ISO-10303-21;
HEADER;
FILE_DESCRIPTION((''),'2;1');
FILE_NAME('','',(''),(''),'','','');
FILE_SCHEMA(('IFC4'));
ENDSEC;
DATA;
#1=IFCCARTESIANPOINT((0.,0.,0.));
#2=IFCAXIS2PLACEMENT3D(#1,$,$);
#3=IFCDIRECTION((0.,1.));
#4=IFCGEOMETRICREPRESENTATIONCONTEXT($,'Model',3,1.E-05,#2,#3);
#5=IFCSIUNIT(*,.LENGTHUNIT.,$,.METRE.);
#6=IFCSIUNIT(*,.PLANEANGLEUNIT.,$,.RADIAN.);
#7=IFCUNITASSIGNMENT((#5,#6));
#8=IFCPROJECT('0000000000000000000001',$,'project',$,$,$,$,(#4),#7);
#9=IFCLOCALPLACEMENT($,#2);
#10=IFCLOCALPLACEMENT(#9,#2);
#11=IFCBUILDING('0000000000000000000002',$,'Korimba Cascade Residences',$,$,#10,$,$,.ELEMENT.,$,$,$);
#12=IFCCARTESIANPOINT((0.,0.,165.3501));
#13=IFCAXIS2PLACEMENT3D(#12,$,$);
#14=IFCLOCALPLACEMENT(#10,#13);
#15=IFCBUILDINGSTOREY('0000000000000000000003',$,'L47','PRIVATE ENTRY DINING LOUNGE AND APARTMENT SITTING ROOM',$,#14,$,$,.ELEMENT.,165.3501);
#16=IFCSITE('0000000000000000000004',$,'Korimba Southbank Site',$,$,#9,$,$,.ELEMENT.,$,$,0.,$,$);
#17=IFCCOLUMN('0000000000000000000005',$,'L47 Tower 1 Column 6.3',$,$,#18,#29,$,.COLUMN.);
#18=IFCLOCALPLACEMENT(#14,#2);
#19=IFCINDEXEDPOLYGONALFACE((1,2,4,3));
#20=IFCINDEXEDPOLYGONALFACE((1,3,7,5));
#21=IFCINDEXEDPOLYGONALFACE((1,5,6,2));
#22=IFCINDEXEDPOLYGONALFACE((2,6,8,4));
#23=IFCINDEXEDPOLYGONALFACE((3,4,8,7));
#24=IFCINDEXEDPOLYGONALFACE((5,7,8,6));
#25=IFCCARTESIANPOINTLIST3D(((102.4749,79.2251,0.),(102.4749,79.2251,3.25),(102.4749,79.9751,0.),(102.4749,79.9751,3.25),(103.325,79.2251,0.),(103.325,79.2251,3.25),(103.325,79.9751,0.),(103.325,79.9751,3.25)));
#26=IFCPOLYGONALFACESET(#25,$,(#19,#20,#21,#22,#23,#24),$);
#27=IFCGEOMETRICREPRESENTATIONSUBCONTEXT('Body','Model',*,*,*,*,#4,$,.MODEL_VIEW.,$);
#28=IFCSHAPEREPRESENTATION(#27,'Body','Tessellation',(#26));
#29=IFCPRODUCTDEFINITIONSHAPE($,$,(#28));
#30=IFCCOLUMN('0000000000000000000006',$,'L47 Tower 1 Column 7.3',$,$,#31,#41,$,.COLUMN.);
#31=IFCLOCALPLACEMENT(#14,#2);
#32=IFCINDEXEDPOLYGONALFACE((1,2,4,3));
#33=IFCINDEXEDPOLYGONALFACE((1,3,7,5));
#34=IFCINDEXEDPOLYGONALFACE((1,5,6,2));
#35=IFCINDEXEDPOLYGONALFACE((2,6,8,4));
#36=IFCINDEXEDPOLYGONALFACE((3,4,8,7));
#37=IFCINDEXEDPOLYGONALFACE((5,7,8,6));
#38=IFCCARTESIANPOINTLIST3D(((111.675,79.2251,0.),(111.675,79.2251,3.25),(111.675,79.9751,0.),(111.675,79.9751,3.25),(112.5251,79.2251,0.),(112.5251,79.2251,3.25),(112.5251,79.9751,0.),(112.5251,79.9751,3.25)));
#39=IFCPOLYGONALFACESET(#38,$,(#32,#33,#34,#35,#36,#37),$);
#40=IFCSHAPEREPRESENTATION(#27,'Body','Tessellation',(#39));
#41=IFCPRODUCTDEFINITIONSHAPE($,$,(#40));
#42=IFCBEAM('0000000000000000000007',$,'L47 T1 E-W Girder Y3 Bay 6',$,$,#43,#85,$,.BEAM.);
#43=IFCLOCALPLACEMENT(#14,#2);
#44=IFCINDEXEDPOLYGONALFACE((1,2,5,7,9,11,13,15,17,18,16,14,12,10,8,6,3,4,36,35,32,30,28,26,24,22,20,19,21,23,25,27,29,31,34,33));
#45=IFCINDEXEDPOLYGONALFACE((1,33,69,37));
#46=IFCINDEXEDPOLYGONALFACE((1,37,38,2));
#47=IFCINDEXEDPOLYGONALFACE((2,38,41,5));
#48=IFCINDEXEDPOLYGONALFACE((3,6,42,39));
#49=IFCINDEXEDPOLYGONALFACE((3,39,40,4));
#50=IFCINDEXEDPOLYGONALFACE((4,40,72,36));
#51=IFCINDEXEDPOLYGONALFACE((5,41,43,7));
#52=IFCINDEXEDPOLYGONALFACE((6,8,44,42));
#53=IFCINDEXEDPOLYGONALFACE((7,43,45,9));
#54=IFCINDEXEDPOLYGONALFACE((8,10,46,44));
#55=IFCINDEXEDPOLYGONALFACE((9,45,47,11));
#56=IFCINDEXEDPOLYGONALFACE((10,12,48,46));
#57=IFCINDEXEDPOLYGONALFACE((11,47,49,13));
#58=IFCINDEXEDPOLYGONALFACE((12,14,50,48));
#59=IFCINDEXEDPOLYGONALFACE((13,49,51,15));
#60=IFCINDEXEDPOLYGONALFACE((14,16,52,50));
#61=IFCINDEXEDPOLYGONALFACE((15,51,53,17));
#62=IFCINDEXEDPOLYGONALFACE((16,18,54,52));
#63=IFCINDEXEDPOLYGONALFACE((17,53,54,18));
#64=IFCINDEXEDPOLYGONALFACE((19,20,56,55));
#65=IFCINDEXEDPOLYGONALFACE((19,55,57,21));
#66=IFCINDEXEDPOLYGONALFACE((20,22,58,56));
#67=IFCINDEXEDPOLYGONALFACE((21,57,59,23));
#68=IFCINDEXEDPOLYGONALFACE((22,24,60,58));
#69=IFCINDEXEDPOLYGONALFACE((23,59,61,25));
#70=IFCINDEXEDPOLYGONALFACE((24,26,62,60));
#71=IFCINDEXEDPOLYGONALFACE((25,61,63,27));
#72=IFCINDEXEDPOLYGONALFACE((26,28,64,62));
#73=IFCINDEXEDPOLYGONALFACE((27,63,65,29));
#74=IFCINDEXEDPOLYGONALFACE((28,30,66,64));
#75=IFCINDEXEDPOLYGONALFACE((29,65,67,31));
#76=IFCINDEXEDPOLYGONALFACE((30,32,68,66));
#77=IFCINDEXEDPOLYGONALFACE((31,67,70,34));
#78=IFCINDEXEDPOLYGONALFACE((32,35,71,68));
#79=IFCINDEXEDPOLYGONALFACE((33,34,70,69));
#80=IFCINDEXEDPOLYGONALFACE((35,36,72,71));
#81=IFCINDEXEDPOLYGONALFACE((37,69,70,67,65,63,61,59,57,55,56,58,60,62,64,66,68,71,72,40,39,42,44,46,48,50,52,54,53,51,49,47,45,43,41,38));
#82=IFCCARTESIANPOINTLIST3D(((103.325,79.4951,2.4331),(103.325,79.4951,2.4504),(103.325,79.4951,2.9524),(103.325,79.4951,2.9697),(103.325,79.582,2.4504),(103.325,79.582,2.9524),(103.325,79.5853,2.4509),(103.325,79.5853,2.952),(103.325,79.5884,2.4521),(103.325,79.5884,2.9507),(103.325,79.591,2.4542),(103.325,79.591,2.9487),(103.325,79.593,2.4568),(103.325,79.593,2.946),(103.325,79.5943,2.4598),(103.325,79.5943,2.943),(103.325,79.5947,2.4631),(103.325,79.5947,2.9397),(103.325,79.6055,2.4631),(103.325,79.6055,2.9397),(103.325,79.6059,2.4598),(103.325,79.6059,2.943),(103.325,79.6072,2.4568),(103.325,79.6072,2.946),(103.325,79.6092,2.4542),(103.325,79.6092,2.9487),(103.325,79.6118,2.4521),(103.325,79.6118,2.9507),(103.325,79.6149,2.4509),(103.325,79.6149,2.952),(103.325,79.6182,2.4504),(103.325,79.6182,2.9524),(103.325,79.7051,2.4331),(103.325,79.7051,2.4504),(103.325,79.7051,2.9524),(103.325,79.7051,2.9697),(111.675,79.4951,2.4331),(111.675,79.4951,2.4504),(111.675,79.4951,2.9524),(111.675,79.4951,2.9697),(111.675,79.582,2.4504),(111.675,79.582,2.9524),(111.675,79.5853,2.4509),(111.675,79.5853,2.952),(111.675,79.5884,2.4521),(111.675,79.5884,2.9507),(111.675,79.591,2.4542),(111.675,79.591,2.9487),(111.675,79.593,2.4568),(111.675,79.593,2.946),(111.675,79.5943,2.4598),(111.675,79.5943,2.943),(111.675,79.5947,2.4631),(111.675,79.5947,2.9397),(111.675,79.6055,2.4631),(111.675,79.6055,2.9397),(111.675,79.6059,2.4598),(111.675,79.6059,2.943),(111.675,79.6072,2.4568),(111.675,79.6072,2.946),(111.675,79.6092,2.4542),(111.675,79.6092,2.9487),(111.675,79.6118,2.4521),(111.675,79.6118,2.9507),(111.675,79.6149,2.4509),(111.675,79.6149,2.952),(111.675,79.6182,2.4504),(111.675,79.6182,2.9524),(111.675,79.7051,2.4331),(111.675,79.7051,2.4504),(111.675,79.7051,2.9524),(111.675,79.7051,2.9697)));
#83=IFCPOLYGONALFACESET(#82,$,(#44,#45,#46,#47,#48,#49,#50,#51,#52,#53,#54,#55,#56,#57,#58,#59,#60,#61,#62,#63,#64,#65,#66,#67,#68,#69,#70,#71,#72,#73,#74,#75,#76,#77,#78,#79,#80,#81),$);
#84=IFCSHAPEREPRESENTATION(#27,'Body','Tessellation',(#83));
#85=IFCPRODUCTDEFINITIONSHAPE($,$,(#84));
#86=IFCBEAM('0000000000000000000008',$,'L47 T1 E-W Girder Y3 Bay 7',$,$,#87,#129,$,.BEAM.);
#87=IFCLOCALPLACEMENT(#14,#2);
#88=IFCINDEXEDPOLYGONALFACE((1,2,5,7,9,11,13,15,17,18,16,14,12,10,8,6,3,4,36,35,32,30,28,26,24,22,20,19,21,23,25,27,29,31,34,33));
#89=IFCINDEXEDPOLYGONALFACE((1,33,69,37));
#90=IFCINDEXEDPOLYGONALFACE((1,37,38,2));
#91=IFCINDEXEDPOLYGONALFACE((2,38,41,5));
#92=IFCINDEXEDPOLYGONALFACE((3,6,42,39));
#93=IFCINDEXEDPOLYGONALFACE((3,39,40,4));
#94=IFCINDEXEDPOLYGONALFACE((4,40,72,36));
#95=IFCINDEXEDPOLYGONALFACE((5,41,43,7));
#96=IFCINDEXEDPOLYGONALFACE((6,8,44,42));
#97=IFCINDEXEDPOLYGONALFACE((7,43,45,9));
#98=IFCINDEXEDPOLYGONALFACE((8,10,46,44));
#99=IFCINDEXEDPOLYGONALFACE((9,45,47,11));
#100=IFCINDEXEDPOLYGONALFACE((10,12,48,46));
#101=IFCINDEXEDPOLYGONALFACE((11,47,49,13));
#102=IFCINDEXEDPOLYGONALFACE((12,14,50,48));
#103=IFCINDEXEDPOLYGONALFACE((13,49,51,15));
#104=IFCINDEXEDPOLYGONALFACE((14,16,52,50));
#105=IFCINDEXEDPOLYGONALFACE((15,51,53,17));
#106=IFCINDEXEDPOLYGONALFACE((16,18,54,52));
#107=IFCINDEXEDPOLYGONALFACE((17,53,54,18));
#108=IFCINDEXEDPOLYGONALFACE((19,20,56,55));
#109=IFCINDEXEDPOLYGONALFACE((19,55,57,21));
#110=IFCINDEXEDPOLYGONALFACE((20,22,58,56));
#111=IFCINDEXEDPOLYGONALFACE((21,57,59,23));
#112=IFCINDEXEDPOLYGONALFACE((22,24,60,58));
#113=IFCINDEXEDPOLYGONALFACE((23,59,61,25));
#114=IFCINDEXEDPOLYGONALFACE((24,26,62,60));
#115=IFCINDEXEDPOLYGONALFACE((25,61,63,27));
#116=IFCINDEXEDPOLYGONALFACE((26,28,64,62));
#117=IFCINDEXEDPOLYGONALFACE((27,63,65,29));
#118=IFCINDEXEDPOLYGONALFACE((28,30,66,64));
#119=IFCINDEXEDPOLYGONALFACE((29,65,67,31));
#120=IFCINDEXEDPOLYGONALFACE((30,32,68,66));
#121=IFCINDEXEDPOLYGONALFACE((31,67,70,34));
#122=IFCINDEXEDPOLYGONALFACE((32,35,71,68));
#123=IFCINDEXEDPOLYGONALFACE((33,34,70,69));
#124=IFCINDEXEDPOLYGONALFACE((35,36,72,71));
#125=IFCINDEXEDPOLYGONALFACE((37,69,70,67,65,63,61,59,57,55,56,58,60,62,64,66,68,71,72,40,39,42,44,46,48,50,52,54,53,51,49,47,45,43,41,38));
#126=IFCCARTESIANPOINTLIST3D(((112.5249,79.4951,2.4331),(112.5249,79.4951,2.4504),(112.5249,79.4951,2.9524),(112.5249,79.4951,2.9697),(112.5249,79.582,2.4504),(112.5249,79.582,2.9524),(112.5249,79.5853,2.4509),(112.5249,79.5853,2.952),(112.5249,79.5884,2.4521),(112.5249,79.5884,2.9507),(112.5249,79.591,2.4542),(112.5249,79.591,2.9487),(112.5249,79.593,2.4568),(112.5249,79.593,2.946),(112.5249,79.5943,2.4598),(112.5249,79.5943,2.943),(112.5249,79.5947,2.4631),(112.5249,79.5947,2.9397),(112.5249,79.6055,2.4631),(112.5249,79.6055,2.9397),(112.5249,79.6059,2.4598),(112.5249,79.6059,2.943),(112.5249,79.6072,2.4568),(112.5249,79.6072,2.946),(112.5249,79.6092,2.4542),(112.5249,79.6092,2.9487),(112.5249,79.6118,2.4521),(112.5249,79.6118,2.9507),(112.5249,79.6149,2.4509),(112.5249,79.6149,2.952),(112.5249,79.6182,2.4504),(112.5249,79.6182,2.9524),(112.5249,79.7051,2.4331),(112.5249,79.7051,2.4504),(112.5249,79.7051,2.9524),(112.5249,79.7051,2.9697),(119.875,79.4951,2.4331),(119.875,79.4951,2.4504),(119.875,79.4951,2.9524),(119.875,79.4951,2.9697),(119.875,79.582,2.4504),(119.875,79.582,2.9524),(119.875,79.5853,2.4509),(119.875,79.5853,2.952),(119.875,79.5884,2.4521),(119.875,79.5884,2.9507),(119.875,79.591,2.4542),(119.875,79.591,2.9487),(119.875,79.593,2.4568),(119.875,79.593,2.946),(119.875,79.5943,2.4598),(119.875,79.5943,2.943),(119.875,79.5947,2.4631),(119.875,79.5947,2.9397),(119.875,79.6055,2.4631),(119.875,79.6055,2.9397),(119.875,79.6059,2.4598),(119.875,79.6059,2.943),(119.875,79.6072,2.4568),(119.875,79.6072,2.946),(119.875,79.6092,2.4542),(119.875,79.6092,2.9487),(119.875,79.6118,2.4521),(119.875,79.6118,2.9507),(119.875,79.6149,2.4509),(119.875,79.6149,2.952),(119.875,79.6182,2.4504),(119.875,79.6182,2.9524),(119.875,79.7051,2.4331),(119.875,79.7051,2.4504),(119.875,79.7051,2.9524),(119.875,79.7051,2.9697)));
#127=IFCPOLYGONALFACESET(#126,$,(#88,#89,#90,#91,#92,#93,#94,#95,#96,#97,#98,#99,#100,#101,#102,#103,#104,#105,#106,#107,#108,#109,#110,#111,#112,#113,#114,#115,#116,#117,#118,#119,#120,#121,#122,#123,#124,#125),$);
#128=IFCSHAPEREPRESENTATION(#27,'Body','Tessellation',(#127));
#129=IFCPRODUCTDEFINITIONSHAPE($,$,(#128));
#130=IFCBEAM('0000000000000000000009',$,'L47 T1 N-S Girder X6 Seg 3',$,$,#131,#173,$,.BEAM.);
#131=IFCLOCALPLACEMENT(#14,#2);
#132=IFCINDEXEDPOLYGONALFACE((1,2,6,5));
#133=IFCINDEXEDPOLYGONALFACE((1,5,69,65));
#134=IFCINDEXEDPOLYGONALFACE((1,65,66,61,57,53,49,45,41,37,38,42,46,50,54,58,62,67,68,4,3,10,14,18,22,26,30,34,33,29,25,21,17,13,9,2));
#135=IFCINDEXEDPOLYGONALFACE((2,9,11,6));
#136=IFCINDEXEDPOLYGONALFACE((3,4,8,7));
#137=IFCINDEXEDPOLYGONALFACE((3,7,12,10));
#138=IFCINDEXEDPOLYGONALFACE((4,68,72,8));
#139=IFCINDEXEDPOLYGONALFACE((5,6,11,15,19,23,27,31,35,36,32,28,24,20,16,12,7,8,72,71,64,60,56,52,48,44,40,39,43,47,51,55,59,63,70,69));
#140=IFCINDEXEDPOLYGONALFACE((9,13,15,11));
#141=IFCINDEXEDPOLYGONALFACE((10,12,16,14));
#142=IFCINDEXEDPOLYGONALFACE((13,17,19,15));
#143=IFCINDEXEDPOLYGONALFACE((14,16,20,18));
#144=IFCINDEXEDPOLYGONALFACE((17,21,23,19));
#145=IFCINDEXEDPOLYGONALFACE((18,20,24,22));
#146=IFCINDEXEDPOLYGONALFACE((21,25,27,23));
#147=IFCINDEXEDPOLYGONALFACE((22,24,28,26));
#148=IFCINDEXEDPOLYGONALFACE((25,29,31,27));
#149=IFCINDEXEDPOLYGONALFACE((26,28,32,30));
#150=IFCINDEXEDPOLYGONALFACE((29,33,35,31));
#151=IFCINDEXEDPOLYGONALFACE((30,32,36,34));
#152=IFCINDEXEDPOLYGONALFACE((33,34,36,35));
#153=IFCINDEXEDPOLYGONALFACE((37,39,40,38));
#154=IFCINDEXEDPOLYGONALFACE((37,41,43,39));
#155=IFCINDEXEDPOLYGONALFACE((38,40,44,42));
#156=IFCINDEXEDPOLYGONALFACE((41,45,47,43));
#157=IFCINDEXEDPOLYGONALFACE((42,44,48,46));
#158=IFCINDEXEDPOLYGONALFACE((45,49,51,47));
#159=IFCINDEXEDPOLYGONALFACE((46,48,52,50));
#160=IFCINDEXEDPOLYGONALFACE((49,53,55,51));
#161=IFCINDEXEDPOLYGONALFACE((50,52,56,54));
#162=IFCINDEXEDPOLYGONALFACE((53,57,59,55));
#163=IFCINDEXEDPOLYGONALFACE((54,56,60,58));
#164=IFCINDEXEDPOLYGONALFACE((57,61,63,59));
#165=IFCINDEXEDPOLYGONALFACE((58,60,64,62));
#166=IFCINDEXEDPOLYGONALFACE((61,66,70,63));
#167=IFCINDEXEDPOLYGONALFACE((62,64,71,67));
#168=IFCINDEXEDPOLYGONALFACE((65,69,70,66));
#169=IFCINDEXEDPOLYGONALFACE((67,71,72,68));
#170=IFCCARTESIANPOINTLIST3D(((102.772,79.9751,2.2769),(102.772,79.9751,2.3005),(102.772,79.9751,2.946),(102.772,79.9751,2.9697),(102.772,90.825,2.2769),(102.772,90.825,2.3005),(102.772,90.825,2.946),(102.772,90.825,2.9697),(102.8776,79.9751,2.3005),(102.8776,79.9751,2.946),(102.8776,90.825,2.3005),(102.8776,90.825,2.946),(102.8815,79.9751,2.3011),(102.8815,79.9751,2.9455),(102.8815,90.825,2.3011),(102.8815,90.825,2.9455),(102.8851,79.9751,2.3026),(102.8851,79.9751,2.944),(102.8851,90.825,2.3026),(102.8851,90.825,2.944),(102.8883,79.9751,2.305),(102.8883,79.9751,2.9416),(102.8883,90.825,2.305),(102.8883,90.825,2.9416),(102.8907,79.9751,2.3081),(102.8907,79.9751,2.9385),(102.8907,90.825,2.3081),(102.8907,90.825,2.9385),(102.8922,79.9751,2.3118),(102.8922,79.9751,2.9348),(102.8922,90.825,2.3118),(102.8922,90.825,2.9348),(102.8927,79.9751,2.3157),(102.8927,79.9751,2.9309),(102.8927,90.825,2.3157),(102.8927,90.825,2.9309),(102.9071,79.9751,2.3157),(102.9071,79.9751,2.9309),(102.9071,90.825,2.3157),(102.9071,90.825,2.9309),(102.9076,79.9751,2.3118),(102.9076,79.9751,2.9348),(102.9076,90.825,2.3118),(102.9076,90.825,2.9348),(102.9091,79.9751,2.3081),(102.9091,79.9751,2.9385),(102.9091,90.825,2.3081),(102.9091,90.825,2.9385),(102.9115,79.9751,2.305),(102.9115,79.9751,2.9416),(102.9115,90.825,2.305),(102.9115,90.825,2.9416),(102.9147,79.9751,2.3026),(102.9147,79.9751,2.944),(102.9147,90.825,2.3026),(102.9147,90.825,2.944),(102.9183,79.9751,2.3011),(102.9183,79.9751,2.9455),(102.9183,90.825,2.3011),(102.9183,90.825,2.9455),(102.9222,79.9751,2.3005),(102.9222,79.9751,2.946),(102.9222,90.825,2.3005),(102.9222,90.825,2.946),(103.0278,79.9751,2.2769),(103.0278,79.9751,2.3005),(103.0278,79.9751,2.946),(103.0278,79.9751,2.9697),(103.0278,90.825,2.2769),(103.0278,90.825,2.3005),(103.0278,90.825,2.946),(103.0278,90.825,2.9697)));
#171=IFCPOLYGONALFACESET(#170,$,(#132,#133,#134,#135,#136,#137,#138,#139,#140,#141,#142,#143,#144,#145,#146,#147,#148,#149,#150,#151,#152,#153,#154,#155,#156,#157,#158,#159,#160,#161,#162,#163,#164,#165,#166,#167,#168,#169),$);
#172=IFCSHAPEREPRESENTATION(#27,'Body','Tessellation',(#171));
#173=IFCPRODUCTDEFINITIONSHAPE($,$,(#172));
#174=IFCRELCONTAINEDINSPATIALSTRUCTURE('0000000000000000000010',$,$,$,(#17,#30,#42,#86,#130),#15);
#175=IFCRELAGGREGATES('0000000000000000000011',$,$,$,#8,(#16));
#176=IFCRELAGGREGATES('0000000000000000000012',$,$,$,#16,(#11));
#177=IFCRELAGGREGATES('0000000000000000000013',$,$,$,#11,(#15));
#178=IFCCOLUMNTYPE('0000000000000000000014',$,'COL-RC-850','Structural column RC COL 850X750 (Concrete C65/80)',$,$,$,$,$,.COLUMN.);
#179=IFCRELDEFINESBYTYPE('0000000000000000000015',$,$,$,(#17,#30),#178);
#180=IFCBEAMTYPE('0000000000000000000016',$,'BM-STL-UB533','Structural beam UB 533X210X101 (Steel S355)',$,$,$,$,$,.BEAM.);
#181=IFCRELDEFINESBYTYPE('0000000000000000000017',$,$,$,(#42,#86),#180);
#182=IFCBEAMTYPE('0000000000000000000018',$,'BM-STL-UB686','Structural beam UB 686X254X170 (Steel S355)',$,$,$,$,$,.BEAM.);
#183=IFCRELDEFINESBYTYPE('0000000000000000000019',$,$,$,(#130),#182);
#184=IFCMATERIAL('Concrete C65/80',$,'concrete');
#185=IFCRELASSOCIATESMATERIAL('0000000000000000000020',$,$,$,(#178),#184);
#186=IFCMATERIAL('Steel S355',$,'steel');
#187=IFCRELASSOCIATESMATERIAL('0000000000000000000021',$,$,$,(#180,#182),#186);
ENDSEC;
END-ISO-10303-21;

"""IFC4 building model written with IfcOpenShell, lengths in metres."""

from ifc_helpers import new_model, si_unit, direction, frame, origin, origin_2d, place, context, subcontext, project, spatial, rectangle, i_section, extrude, material, material_profile, profile_set, type_object, element, save


model = new_model("IFC4")

# Units and contexts
model_context = context("Model", 3, precision=1e-05, world=origin(), true_north=direction((0.0, 1.0)))
body_context = subcontext(model_context, "Body", "Model", "MODEL_VIEW")
ifc_project = project(units=[si_unit("LENGTHUNIT", "METRE"), si_unit("PLANEANGLEUNIT", "RADIAN")], contexts=[model_context])

# Site, building, storey
site_placement = place(None, origin())
site = spatial("IfcSite", under=ifc_project, at=site_placement, Name="Korimba Southbank Site", CompositionType="ELEMENT", RefElevation=0.0)
building_placement = place(site_placement, origin())
building = spatial("IfcBuilding", under=site, at=building_placement, Name="Korimba Cascade Residences", CompositionType="ELEMENT")
storey_placement = place(building_placement, frame((0.0, 0.0, 165.3501)))
storey = spatial("IfcBuildingStorey", under=building, at=storey_placement, Name="L47", Description="PRIVATE ENTRY DINING LOUNGE AND APARTMENT SITTING ROOM", CompositionType="ELEMENT", Elevation=165.3501)

# Columns
ifc_material_1 = material(Name="Concrete C65/80", Category="concrete")
ifc_material_profile_1 = material_profile(ifc_material_1, rectangle(XDim=0.8501, YDim=0.75, at=origin_2d()), Name="Concrete C65/80")
ifc_profile_set_1 = profile_set([ifc_material_profile_1], Name="Concrete C65/80")
column_type = type_object("IfcColumnType", Name="COL-RC-850", Description="Structural column RC COL 850X750 (Concrete C65/80)", PredefinedType="COLUMN", material=ifc_profile_set_1)
for number, where, z_axis, x_axis, name in (
    (1, (102.8999, 79.6001, 0.0), (0.0, 0.0, 1.0), (1.0, 0.0, 0.0), "L47 Tower 1 Column 6.3"),
    (2, (112.1001, 79.6001, 0.0), (0.0, 0.0, 1.0), (1.0, 0.0, 0.0), "L47 Tower 1 Column 7.3"),
):
    element("IfcColumn", number, at=place(storey_placement, frame(where, z_axis=z_axis, x_axis=x_axis)), inside=storey, type_object=column_type, Name=name, PredefinedType="COLUMN", context=body_context, shape_type="SweptSolid", body=[
        extrude(rectangle(XDim=0.8501, YDim=0.75, at=origin_2d()), origin(), (0.0, 0.0, 1.0), 3.25),
    ])

# Beams
ifc_material_2 = material(Name="Steel S355", Category="steel")
ifc_material_profile_2 = material_profile(ifc_material_2, i_section(OverallWidth=0.21, OverallDepth=0.5366, WebThickness=0.0107, FlangeThickness=0.0173, FilletRadius=0.0127, at=origin_2d()), Name="Steel S355")
ifc_profile_set_2 = profile_set([ifc_material_profile_2], Name="Steel S355")
beam_type_1 = type_object("IfcBeamType", Name="BM-STL-UB533", Description="Structural beam UB 533X210X101 (Steel S355)", PredefinedType="BEAM", material=ifc_profile_set_2)
beam_1_placement = place(storey_placement, frame((103.325, 79.6001, 2.7014), z_axis=(1.0, 0.0, 0.0), x_axis=(0.0, 1.0, 0.0)))
element("IfcBeam", 3, at=beam_1_placement, inside=storey, type_object=beam_type_1, Name="L47 T1 E-W Girder Y3 Bay 6", PredefinedType="BEAM", context=body_context, shape_type="SweptSolid", body=[
    extrude(i_section(OverallWidth=0.21, OverallDepth=0.5366, WebThickness=0.0107, FlangeThickness=0.0173, FilletRadius=0.0127, at=origin_2d()), origin(), (0.0, 0.0, 1.0), 8.3501),
])
beam_2_placement = place(storey_placement, frame((112.5249, 79.6001, 2.7014), z_axis=(1.0, 0.0, 0.0), x_axis=(0.0, 1.0, 0.0)))
element("IfcBeam", 4, at=beam_2_placement, inside=storey, type_object=beam_type_1, Name="L47 T1 E-W Girder Y3 Bay 7", PredefinedType="BEAM", context=body_context, shape_type="SweptSolid", body=[
    extrude(i_section(OverallWidth=0.21, OverallDepth=0.5366, WebThickness=0.0107, FlangeThickness=0.0173, FilletRadius=0.0127, at=origin_2d()), origin(), (0.0, 0.0, 1.0), 7.3501),
])
ifc_material_profile_3 = material_profile(ifc_material_2, i_section(OverallWidth=0.2559, OverallDepth=0.6929, WebThickness=0.0144, FlangeThickness=0.0237, FilletRadius=0.0151, at=origin_2d()), Name="Steel S355")
ifc_profile_set_3 = profile_set([ifc_material_profile_3], Name="Steel S355")
beam_type_2 = type_object("IfcBeamType", Name="BM-STL-UB686", Description="Structural beam UB 686X254X170 (Steel S355)", PredefinedType="BEAM", material=ifc_profile_set_3)
beam_3_placement = place(storey_placement, frame((102.8999, 79.9751, 2.6233), z_axis=(0.0, 1.0, 0.0), x_axis=(-1.0, 0.0, 0.0)))
element("IfcBeam", 5, at=beam_3_placement, inside=storey, type_object=beam_type_2, Name="L47 T1 N-S Girder X6 Seg 3", PredefinedType="BEAM", context=body_context, shape_type="SweptSolid", body=[
    extrude(i_section(OverallWidth=0.2559, OverallDepth=0.6929, WebThickness=0.0144, FlangeThickness=0.0237, FilletRadius=0.0151, at=origin_2d()), origin(), (0.0, 0.0, 1.0), 10.8499),
])

save(model, "model.ifc")
